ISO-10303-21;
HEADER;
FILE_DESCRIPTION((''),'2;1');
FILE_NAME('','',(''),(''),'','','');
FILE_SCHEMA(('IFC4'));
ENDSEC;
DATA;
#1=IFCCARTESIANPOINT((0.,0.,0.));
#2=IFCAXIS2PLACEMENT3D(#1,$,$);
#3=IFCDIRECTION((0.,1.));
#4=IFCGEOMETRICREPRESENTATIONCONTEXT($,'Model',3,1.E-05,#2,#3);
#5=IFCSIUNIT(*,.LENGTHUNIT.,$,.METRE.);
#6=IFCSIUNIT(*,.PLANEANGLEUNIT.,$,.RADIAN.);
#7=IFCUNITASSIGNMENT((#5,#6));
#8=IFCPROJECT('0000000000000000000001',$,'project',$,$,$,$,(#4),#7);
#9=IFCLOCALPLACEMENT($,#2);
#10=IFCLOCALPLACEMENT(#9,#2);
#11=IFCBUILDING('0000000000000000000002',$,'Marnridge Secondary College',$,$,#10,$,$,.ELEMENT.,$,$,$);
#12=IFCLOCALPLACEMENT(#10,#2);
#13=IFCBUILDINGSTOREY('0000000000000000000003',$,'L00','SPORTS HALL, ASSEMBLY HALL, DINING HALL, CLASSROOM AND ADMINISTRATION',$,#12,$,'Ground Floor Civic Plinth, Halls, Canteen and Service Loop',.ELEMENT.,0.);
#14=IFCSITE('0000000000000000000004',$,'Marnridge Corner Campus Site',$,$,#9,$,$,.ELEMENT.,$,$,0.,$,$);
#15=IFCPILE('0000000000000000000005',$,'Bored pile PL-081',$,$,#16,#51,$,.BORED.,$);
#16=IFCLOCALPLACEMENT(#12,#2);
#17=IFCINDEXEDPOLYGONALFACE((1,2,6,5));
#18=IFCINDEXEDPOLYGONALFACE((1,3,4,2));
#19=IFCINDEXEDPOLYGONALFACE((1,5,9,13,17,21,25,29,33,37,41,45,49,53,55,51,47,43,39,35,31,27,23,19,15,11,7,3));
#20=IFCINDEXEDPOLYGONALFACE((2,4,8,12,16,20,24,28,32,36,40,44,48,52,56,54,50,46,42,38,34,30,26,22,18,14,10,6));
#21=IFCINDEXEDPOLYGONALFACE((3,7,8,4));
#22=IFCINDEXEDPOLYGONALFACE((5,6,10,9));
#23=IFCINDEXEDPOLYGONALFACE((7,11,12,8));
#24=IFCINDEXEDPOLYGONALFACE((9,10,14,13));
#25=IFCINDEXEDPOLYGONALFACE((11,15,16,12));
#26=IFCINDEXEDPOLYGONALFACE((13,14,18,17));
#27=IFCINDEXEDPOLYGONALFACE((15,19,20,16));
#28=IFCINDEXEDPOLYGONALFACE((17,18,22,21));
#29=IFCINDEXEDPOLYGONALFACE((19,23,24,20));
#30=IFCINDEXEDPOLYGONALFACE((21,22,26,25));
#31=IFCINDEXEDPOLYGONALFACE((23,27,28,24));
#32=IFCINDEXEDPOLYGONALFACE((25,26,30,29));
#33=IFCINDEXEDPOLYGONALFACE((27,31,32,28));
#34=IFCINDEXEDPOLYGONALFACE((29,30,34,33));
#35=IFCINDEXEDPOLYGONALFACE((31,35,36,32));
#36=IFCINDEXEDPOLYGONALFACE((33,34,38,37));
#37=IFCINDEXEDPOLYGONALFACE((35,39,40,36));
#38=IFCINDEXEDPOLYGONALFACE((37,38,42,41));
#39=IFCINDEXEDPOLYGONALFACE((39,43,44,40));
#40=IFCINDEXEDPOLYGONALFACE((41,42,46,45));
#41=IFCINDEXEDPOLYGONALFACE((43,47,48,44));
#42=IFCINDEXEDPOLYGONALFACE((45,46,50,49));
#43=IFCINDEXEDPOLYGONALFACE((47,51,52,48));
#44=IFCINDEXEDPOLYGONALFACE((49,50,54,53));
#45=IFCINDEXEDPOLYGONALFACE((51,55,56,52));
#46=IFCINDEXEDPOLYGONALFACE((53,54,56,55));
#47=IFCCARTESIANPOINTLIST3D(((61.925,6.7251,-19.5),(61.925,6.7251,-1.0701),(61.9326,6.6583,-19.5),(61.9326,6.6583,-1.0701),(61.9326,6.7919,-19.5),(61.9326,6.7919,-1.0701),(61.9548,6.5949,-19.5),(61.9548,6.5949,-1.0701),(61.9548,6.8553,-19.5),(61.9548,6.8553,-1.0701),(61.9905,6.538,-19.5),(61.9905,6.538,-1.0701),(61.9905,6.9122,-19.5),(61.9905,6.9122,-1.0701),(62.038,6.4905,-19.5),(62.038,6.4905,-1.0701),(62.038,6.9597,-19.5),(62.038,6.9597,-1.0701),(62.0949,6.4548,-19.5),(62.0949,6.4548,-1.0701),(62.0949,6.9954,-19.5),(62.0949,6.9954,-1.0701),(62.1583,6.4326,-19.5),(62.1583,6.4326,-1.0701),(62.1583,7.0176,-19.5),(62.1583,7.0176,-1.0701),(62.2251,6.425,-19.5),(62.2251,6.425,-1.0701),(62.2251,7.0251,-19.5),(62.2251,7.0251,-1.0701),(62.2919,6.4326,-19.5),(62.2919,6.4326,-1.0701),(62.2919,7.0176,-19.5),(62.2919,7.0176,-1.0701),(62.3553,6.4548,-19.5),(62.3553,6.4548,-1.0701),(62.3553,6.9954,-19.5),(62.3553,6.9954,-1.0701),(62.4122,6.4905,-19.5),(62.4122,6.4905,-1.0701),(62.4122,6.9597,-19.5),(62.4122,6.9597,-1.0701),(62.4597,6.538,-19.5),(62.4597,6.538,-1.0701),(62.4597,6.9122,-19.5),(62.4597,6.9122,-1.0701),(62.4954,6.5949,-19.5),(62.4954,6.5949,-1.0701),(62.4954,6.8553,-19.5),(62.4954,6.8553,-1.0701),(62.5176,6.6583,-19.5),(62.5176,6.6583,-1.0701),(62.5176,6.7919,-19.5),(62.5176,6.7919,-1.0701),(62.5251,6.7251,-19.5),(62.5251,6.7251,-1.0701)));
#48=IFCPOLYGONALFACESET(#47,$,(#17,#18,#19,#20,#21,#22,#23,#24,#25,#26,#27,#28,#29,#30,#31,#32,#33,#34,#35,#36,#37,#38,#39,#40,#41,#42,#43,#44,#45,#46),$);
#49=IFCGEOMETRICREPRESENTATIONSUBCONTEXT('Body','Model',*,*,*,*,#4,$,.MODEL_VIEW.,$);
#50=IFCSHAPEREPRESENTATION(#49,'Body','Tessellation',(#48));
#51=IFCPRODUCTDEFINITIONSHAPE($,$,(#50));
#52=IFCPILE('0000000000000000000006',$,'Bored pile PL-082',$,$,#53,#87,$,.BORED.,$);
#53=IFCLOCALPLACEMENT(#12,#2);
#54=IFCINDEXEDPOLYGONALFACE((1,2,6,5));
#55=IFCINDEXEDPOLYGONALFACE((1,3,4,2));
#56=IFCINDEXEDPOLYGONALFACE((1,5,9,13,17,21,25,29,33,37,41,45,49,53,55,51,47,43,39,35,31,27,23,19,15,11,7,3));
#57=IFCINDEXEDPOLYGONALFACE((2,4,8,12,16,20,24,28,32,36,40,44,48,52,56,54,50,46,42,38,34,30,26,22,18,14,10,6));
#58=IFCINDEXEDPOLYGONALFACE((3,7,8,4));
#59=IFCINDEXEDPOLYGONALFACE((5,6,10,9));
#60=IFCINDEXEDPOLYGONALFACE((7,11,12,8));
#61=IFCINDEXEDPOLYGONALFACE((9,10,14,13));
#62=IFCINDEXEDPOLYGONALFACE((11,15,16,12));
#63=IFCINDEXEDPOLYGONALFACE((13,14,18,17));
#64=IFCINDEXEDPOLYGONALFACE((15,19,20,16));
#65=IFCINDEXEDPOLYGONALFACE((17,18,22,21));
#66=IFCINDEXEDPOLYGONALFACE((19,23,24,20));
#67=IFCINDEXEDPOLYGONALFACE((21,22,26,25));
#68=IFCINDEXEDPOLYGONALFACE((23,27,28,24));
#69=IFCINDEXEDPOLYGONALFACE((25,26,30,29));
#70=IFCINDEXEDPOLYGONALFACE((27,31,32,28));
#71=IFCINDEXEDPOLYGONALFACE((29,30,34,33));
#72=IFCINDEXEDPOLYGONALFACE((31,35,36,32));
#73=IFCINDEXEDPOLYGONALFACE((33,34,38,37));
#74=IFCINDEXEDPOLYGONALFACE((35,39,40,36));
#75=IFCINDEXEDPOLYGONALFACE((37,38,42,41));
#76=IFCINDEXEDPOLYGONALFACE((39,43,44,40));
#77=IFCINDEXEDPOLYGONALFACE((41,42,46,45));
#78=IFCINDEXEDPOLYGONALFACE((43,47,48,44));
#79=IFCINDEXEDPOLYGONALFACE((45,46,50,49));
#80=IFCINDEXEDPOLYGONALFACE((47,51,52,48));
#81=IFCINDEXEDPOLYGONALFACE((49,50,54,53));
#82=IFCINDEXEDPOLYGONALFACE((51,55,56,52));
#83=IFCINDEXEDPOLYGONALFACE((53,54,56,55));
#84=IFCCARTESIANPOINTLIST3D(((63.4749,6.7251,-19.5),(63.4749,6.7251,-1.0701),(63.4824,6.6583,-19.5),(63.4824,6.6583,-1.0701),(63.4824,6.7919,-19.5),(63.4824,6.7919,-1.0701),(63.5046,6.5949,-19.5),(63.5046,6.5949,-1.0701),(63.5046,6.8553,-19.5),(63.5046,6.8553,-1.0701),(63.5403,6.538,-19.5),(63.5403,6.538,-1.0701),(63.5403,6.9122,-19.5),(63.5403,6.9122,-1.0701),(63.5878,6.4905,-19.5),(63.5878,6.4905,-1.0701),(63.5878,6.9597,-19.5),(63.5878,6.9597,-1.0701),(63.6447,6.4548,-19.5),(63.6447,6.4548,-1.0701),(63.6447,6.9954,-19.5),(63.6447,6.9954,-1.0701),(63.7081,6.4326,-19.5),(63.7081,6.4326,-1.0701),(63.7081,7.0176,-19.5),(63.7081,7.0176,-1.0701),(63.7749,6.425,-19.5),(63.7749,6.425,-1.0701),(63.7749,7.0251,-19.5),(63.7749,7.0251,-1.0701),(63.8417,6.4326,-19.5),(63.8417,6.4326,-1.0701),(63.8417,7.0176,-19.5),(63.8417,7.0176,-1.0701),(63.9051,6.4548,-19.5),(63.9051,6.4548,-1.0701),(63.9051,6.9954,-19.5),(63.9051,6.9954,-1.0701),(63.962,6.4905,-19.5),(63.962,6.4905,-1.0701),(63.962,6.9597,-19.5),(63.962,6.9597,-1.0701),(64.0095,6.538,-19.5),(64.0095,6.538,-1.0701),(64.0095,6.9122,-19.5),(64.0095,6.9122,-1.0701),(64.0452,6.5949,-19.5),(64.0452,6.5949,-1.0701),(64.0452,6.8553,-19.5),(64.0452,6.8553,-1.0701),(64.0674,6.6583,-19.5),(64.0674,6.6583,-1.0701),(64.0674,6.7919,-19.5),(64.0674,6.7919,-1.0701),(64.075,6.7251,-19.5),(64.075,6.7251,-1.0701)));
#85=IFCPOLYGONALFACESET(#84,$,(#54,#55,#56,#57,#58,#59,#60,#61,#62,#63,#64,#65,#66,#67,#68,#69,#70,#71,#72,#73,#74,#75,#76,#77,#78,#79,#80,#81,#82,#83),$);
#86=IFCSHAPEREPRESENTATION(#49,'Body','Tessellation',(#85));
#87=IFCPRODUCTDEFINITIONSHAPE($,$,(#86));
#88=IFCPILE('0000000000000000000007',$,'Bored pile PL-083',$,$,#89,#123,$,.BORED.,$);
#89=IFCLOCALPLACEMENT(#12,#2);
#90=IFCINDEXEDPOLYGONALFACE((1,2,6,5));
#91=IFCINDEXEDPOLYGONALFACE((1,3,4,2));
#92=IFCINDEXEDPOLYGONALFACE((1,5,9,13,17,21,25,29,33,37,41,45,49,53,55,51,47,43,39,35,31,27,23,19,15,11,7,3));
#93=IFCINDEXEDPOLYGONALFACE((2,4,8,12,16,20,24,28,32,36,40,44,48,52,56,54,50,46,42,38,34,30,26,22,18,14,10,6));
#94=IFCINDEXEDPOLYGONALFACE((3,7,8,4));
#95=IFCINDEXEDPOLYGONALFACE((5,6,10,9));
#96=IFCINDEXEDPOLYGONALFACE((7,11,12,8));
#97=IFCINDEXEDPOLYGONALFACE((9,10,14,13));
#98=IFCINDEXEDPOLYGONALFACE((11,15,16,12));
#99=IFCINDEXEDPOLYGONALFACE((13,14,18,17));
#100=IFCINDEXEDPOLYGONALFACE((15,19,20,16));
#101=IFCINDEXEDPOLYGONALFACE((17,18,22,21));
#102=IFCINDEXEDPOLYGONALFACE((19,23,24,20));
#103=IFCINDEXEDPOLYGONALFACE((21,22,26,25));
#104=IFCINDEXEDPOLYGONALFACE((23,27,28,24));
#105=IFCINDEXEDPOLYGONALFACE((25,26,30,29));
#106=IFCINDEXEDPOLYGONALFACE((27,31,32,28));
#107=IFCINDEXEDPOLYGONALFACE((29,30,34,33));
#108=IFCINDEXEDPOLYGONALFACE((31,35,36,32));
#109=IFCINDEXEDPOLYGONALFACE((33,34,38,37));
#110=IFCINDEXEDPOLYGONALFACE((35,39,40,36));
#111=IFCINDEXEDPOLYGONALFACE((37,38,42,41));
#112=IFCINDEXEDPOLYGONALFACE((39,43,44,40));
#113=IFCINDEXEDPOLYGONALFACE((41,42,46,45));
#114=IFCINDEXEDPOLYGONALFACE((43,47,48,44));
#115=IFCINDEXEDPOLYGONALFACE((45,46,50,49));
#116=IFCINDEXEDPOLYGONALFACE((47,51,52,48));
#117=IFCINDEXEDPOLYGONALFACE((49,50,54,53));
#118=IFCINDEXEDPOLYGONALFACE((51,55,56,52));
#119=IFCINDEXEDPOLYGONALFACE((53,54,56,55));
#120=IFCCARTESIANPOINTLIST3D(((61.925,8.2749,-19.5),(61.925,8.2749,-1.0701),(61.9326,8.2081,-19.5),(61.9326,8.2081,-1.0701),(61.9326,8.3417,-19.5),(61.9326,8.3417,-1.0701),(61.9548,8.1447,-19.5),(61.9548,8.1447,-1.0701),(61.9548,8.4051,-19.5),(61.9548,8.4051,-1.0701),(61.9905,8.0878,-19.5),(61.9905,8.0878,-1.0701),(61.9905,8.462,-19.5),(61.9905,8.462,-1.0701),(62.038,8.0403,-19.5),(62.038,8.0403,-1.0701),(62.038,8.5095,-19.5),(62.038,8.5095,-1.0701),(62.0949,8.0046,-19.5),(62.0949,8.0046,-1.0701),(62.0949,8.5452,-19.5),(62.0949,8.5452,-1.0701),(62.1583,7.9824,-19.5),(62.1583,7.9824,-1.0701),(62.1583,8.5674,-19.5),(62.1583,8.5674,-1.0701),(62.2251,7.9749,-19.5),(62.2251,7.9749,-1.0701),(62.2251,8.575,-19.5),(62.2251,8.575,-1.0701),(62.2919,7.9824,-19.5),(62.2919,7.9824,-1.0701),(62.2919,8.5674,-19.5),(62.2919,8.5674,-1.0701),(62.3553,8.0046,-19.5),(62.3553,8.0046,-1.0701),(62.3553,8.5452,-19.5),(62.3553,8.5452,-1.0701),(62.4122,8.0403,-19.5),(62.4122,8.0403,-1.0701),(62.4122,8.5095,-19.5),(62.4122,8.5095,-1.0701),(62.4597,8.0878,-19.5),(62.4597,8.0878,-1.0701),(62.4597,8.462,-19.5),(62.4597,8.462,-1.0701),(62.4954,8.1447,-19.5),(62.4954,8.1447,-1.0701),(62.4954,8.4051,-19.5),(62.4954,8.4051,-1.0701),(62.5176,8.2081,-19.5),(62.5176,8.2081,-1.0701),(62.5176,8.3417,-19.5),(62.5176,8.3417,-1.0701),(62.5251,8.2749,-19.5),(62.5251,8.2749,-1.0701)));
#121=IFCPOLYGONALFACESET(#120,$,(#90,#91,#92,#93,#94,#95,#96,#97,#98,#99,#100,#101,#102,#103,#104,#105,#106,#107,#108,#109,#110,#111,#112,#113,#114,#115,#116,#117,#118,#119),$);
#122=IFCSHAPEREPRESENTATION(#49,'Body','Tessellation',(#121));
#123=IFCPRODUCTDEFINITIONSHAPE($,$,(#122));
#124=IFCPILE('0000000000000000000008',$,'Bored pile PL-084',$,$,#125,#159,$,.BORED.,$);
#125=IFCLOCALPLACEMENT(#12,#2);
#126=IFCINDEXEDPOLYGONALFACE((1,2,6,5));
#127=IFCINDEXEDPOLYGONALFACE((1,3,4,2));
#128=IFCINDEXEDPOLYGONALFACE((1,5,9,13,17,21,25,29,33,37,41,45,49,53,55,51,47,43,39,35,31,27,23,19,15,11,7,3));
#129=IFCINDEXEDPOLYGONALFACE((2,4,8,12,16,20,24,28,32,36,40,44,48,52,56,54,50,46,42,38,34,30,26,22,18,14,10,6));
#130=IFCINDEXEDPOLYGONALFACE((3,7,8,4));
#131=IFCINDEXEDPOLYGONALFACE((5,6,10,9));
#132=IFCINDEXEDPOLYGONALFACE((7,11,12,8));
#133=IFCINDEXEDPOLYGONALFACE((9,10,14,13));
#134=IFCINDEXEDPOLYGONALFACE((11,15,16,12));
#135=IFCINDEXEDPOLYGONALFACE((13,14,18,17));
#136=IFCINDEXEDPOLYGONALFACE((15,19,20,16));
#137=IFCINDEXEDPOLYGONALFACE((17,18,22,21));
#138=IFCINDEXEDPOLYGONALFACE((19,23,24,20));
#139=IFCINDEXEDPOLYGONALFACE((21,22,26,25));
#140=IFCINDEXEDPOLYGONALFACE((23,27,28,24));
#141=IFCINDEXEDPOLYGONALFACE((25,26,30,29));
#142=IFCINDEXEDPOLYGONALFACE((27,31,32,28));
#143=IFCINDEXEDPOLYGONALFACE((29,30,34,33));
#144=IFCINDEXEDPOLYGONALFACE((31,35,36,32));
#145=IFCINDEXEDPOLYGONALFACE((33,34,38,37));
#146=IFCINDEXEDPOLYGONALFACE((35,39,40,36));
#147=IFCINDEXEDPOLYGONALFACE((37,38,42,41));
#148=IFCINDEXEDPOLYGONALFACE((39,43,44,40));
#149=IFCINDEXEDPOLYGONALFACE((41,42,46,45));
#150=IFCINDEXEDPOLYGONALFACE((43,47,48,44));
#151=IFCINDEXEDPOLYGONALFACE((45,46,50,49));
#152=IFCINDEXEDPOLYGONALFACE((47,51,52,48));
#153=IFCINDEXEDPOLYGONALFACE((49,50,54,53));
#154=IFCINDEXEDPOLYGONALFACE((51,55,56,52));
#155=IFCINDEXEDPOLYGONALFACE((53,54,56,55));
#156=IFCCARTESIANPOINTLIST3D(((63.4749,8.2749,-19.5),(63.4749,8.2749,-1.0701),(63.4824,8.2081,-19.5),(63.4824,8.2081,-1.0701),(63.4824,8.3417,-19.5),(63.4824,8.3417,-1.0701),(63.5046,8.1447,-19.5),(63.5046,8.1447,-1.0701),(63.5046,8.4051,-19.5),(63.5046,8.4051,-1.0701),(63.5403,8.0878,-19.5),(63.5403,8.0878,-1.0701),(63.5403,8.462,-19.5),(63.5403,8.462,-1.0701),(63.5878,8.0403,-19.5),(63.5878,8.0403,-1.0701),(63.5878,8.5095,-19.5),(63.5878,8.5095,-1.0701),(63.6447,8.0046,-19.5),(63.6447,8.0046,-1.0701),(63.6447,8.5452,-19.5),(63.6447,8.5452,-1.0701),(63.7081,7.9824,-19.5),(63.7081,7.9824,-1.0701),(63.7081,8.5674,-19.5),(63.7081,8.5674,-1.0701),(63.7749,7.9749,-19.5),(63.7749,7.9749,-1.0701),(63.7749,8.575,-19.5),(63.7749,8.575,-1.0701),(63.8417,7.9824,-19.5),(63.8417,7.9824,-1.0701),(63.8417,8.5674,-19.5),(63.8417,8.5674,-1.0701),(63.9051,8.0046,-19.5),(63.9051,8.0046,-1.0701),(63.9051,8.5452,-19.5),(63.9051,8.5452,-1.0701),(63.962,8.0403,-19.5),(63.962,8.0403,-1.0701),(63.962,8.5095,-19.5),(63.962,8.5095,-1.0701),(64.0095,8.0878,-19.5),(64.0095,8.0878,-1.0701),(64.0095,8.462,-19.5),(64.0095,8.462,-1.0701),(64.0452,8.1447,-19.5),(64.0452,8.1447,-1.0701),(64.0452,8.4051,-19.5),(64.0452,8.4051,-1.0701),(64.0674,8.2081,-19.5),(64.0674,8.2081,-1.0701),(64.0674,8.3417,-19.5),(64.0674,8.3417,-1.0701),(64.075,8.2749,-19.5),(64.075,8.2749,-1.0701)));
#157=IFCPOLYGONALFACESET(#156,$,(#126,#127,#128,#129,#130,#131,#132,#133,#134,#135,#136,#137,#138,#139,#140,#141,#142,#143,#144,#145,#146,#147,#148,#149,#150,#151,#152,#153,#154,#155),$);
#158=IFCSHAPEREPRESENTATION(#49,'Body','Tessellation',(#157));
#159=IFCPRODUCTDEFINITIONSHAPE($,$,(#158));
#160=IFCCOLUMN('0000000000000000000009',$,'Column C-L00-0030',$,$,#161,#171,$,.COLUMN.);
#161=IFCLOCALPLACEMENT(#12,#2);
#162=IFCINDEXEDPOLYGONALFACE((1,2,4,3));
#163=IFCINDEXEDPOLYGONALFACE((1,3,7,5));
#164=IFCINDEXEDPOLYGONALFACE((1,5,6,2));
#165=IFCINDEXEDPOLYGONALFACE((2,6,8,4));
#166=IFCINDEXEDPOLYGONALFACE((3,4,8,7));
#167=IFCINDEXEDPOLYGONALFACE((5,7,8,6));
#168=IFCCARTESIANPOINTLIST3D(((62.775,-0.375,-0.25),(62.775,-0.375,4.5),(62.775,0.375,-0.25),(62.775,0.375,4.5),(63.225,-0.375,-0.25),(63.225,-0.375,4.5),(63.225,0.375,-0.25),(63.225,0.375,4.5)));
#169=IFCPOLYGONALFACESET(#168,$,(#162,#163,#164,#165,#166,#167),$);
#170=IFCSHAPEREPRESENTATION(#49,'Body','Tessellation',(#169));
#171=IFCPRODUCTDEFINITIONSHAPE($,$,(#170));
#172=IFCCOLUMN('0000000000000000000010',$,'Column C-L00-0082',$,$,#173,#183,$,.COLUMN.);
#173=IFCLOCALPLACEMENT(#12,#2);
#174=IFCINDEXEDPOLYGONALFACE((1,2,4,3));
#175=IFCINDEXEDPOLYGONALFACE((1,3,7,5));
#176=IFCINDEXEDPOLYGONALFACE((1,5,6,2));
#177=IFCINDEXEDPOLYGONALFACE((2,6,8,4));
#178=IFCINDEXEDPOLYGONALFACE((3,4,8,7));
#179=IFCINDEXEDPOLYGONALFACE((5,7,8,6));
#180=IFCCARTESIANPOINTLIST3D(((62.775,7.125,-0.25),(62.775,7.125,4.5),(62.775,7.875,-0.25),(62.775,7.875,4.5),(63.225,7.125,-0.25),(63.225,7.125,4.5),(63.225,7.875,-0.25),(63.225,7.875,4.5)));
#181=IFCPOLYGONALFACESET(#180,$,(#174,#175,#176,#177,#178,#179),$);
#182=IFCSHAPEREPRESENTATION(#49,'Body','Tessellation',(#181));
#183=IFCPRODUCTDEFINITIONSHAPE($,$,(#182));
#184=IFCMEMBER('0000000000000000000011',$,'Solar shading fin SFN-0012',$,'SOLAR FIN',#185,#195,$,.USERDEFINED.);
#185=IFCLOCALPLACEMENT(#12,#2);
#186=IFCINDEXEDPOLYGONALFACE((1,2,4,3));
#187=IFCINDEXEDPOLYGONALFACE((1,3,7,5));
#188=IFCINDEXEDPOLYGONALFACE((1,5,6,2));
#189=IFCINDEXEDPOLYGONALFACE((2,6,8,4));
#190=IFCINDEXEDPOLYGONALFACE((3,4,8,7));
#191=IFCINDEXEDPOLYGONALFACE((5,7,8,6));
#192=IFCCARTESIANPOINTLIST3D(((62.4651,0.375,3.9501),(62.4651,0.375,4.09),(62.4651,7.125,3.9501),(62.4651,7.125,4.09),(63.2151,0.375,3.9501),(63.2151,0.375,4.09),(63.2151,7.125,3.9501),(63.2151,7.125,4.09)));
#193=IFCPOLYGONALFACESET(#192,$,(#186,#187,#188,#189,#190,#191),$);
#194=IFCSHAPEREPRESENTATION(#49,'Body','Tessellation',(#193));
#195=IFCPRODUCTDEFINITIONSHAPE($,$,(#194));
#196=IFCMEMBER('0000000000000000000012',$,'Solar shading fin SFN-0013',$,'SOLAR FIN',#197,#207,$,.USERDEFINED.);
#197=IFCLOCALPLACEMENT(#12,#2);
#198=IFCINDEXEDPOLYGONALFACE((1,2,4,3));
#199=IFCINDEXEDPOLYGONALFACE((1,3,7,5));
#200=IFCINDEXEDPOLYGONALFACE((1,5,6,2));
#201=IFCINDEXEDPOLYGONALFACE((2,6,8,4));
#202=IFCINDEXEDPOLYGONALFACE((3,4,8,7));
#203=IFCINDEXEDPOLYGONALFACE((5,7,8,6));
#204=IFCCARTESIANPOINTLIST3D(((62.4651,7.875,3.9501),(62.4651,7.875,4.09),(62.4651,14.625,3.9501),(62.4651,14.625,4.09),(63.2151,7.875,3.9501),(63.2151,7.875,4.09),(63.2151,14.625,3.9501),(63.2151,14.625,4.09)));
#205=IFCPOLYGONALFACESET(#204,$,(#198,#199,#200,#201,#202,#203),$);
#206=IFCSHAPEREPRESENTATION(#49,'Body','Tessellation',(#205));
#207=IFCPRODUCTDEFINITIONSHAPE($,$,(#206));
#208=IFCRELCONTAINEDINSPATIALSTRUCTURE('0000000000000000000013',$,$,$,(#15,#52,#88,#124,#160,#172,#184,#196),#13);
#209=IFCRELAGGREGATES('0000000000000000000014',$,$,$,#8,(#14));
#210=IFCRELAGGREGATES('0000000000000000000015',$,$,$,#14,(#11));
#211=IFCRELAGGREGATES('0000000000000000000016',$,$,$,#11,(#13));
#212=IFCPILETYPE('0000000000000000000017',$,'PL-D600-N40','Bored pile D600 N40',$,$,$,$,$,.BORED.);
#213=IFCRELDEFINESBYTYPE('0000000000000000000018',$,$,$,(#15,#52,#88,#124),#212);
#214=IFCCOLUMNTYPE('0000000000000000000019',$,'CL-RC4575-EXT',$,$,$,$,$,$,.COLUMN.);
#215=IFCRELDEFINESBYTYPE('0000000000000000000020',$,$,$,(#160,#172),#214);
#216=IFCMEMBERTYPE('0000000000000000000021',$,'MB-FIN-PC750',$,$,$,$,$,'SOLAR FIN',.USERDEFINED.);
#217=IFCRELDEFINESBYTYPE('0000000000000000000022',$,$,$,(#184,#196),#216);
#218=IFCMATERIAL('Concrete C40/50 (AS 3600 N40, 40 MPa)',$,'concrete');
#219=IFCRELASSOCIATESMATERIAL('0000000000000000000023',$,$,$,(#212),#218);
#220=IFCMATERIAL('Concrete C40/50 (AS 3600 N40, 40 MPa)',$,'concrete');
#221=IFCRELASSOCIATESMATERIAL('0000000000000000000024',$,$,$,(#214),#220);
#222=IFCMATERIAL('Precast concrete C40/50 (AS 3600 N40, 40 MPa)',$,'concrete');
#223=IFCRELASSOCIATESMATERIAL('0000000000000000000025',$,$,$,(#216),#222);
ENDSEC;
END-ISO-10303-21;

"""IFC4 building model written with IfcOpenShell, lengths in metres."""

from ifc_helpers import new_model, si_unit, direction, frame, origin, origin_2d, place, context, subcontext, project, spatial, rectangle, circle, extrude, material, material_profile, profile_set, type_object, element, save


model = new_model("IFC4")

# Units and contexts
model_context = context("Model", 3, precision=1e-05, world=origin(), true_north=direction((0.0, 1.0)))
body_context = subcontext(model_context, "Body", "Model", "MODEL_VIEW")
ifc_project = project(units=[si_unit("LENGTHUNIT", "METRE"), si_unit("PLANEANGLEUNIT", "RADIAN")], contexts=[model_context])

# Site, building, storey
site_placement = place(None, origin())
site = spatial("IfcSite", under=ifc_project, at=site_placement, Name="Marnridge Corner Campus Site", CompositionType="ELEMENT", RefElevation=0.0)
building_placement = place(site_placement, origin())
building = spatial("IfcBuilding", under=site, at=building_placement, Name="Marnridge Secondary College", CompositionType="ELEMENT")
storey_placement = place(building_placement, origin())
storey = spatial("IfcBuildingStorey", under=building, at=storey_placement, Name="L00", Description="SPORTS HALL, ASSEMBLY HALL, DINING HALL, CLASSROOM AND ADMINISTRATION", LongName="Ground Floor Civic Plinth, Halls, Canteen and Service Loop", CompositionType="ELEMENT", Elevation=0.0)

# Piles
ifc_material_1 = material(Name="Concrete C40/50 (AS 3600 N40, 40 MPa)", Category="concrete")
ifc_material_profile_1 = material_profile(ifc_material_1, circle(Radius=0.3, at=origin_2d()), Name="PILE D600")
ifc_profile_set_1 = profile_set([ifc_material_profile_1], Name="Concrete C40/50 (AS 3600 N40, 40 MPa)")
pile_type = type_object("IfcPileType", Name="PL-D600-N40", Description="Bored pile D600 N40", PredefinedType="BORED", material=ifc_profile_set_1)
for number, where, z_axis, x_axis, name in (
    (1, (62.2251, 6.7251, -1.0701), (0.0, 0.0, -1.0), (1.0, 0.0, 0.0), "Bored pile PL-081"),
    (2, (63.7749, 6.7251, -1.0701), (0.0, 0.0, -1.0), (1.0, 0.0, 0.0), "Bored pile PL-082"),
    (3, (62.2251, 8.2749, -1.0701), (0.0, 0.0, -1.0), (1.0, 0.0, 0.0), "Bored pile PL-083"),
    (4, (63.7749, 8.2749, -1.0701), (0.0, 0.0, -1.0), (1.0, 0.0, 0.0), "Bored pile PL-084"),
):
    element("IfcPile", number, at=place(storey_placement, frame(where, z_axis=z_axis, x_axis=x_axis)), inside=storey, type_object=pile_type, Name=name, PredefinedType="BORED", context=body_context, shape_type="SweptSolid", body=[
        extrude(circle(Radius=0.3, at=origin_2d()), origin(), (0.0, 0.0, 1.0), 18.4299),
    ])

# Columns
ifc_material_2 = material(Name="Concrete C40/50 (AS 3600 N40, 40 MPa)", Category="concrete")
ifc_material_profile_2 = material_profile(ifc_material_2, rectangle(XDim=0.45, YDim=0.75, at=origin_2d()), Name="RC 450x750")
ifc_profile_set_2 = profile_set([ifc_material_profile_2], Name="Concrete C40/50 (AS 3600 N40, 40 MPa)")
column_type = type_object("IfcColumnType", Name="CL-RC4575-EXT", PredefinedType="COLUMN", material=ifc_profile_set_2)
for number, where, z_axis, x_axis, name in (
    (5, (63.0, 0.0, -0.25), (0.0, 0.0, 1.0), (1.0, 0.0, 0.0), "Column C-L00-0030"),
    (6, (63.0, 7.5, -0.25), (0.0, 0.0, 1.0), (1.0, 0.0, 0.0), "Column C-L00-0082"),
):
    element("IfcColumn", number, at=place(storey_placement, frame(where, z_axis=z_axis, x_axis=x_axis)), inside=storey, type_object=column_type, Name=name, PredefinedType="COLUMN", context=body_context, shape_type="SweptSolid", body=[
        extrude(rectangle(XDim=0.45, YDim=0.75, at=origin_2d()), origin(), (0.0, 0.0, 1.0), 4.75),
    ])

# Members
ifc_material_3 = material(Name="Precast concrete C40/50 (AS 3600 N40, 40 MPa)", Category="concrete")
ifc_material_profile_3 = material_profile(ifc_material_3, rectangle(XDim=0.1399, YDim=0.75, at=origin_2d()), Name="FIN PC 140x750")
ifc_profile_set_3 = profile_set([ifc_material_profile_3], Name="Precast concrete C40/50 (AS 3600 N40, 40 MPa)")
member_type = type_object("IfcMemberType", Name="MB-FIN-PC750", ElementType="SOLAR FIN", PredefinedType="USERDEFINED", material=ifc_profile_set_3)
for number, where, z_axis, x_axis, name in (
    (7, (62.8401, 0.375, 4.02), (0.0, 1.0, 0.0), (0.0, 0.0, 1.0), "Solar shading fin SFN-0012"),
    (8, (62.8401, 7.875, 4.02), (0.0, 1.0, 0.0), (0.0, 0.0, 1.0), "Solar shading fin SFN-0013"),
):
    element("IfcMember", number, at=place(storey_placement, frame(where, z_axis=z_axis, x_axis=x_axis)), inside=storey, type_object=member_type, Name=name, ObjectType="SOLAR FIN", PredefinedType="USERDEFINED", context=body_context, shape_type="SweptSolid", body=[
        extrude(rectangle(XDim=0.1399, YDim=0.75, at=origin_2d()), origin(), (0.0, 0.0, 1.0), 6.75),
    ])

save(model, "model.ifc")
